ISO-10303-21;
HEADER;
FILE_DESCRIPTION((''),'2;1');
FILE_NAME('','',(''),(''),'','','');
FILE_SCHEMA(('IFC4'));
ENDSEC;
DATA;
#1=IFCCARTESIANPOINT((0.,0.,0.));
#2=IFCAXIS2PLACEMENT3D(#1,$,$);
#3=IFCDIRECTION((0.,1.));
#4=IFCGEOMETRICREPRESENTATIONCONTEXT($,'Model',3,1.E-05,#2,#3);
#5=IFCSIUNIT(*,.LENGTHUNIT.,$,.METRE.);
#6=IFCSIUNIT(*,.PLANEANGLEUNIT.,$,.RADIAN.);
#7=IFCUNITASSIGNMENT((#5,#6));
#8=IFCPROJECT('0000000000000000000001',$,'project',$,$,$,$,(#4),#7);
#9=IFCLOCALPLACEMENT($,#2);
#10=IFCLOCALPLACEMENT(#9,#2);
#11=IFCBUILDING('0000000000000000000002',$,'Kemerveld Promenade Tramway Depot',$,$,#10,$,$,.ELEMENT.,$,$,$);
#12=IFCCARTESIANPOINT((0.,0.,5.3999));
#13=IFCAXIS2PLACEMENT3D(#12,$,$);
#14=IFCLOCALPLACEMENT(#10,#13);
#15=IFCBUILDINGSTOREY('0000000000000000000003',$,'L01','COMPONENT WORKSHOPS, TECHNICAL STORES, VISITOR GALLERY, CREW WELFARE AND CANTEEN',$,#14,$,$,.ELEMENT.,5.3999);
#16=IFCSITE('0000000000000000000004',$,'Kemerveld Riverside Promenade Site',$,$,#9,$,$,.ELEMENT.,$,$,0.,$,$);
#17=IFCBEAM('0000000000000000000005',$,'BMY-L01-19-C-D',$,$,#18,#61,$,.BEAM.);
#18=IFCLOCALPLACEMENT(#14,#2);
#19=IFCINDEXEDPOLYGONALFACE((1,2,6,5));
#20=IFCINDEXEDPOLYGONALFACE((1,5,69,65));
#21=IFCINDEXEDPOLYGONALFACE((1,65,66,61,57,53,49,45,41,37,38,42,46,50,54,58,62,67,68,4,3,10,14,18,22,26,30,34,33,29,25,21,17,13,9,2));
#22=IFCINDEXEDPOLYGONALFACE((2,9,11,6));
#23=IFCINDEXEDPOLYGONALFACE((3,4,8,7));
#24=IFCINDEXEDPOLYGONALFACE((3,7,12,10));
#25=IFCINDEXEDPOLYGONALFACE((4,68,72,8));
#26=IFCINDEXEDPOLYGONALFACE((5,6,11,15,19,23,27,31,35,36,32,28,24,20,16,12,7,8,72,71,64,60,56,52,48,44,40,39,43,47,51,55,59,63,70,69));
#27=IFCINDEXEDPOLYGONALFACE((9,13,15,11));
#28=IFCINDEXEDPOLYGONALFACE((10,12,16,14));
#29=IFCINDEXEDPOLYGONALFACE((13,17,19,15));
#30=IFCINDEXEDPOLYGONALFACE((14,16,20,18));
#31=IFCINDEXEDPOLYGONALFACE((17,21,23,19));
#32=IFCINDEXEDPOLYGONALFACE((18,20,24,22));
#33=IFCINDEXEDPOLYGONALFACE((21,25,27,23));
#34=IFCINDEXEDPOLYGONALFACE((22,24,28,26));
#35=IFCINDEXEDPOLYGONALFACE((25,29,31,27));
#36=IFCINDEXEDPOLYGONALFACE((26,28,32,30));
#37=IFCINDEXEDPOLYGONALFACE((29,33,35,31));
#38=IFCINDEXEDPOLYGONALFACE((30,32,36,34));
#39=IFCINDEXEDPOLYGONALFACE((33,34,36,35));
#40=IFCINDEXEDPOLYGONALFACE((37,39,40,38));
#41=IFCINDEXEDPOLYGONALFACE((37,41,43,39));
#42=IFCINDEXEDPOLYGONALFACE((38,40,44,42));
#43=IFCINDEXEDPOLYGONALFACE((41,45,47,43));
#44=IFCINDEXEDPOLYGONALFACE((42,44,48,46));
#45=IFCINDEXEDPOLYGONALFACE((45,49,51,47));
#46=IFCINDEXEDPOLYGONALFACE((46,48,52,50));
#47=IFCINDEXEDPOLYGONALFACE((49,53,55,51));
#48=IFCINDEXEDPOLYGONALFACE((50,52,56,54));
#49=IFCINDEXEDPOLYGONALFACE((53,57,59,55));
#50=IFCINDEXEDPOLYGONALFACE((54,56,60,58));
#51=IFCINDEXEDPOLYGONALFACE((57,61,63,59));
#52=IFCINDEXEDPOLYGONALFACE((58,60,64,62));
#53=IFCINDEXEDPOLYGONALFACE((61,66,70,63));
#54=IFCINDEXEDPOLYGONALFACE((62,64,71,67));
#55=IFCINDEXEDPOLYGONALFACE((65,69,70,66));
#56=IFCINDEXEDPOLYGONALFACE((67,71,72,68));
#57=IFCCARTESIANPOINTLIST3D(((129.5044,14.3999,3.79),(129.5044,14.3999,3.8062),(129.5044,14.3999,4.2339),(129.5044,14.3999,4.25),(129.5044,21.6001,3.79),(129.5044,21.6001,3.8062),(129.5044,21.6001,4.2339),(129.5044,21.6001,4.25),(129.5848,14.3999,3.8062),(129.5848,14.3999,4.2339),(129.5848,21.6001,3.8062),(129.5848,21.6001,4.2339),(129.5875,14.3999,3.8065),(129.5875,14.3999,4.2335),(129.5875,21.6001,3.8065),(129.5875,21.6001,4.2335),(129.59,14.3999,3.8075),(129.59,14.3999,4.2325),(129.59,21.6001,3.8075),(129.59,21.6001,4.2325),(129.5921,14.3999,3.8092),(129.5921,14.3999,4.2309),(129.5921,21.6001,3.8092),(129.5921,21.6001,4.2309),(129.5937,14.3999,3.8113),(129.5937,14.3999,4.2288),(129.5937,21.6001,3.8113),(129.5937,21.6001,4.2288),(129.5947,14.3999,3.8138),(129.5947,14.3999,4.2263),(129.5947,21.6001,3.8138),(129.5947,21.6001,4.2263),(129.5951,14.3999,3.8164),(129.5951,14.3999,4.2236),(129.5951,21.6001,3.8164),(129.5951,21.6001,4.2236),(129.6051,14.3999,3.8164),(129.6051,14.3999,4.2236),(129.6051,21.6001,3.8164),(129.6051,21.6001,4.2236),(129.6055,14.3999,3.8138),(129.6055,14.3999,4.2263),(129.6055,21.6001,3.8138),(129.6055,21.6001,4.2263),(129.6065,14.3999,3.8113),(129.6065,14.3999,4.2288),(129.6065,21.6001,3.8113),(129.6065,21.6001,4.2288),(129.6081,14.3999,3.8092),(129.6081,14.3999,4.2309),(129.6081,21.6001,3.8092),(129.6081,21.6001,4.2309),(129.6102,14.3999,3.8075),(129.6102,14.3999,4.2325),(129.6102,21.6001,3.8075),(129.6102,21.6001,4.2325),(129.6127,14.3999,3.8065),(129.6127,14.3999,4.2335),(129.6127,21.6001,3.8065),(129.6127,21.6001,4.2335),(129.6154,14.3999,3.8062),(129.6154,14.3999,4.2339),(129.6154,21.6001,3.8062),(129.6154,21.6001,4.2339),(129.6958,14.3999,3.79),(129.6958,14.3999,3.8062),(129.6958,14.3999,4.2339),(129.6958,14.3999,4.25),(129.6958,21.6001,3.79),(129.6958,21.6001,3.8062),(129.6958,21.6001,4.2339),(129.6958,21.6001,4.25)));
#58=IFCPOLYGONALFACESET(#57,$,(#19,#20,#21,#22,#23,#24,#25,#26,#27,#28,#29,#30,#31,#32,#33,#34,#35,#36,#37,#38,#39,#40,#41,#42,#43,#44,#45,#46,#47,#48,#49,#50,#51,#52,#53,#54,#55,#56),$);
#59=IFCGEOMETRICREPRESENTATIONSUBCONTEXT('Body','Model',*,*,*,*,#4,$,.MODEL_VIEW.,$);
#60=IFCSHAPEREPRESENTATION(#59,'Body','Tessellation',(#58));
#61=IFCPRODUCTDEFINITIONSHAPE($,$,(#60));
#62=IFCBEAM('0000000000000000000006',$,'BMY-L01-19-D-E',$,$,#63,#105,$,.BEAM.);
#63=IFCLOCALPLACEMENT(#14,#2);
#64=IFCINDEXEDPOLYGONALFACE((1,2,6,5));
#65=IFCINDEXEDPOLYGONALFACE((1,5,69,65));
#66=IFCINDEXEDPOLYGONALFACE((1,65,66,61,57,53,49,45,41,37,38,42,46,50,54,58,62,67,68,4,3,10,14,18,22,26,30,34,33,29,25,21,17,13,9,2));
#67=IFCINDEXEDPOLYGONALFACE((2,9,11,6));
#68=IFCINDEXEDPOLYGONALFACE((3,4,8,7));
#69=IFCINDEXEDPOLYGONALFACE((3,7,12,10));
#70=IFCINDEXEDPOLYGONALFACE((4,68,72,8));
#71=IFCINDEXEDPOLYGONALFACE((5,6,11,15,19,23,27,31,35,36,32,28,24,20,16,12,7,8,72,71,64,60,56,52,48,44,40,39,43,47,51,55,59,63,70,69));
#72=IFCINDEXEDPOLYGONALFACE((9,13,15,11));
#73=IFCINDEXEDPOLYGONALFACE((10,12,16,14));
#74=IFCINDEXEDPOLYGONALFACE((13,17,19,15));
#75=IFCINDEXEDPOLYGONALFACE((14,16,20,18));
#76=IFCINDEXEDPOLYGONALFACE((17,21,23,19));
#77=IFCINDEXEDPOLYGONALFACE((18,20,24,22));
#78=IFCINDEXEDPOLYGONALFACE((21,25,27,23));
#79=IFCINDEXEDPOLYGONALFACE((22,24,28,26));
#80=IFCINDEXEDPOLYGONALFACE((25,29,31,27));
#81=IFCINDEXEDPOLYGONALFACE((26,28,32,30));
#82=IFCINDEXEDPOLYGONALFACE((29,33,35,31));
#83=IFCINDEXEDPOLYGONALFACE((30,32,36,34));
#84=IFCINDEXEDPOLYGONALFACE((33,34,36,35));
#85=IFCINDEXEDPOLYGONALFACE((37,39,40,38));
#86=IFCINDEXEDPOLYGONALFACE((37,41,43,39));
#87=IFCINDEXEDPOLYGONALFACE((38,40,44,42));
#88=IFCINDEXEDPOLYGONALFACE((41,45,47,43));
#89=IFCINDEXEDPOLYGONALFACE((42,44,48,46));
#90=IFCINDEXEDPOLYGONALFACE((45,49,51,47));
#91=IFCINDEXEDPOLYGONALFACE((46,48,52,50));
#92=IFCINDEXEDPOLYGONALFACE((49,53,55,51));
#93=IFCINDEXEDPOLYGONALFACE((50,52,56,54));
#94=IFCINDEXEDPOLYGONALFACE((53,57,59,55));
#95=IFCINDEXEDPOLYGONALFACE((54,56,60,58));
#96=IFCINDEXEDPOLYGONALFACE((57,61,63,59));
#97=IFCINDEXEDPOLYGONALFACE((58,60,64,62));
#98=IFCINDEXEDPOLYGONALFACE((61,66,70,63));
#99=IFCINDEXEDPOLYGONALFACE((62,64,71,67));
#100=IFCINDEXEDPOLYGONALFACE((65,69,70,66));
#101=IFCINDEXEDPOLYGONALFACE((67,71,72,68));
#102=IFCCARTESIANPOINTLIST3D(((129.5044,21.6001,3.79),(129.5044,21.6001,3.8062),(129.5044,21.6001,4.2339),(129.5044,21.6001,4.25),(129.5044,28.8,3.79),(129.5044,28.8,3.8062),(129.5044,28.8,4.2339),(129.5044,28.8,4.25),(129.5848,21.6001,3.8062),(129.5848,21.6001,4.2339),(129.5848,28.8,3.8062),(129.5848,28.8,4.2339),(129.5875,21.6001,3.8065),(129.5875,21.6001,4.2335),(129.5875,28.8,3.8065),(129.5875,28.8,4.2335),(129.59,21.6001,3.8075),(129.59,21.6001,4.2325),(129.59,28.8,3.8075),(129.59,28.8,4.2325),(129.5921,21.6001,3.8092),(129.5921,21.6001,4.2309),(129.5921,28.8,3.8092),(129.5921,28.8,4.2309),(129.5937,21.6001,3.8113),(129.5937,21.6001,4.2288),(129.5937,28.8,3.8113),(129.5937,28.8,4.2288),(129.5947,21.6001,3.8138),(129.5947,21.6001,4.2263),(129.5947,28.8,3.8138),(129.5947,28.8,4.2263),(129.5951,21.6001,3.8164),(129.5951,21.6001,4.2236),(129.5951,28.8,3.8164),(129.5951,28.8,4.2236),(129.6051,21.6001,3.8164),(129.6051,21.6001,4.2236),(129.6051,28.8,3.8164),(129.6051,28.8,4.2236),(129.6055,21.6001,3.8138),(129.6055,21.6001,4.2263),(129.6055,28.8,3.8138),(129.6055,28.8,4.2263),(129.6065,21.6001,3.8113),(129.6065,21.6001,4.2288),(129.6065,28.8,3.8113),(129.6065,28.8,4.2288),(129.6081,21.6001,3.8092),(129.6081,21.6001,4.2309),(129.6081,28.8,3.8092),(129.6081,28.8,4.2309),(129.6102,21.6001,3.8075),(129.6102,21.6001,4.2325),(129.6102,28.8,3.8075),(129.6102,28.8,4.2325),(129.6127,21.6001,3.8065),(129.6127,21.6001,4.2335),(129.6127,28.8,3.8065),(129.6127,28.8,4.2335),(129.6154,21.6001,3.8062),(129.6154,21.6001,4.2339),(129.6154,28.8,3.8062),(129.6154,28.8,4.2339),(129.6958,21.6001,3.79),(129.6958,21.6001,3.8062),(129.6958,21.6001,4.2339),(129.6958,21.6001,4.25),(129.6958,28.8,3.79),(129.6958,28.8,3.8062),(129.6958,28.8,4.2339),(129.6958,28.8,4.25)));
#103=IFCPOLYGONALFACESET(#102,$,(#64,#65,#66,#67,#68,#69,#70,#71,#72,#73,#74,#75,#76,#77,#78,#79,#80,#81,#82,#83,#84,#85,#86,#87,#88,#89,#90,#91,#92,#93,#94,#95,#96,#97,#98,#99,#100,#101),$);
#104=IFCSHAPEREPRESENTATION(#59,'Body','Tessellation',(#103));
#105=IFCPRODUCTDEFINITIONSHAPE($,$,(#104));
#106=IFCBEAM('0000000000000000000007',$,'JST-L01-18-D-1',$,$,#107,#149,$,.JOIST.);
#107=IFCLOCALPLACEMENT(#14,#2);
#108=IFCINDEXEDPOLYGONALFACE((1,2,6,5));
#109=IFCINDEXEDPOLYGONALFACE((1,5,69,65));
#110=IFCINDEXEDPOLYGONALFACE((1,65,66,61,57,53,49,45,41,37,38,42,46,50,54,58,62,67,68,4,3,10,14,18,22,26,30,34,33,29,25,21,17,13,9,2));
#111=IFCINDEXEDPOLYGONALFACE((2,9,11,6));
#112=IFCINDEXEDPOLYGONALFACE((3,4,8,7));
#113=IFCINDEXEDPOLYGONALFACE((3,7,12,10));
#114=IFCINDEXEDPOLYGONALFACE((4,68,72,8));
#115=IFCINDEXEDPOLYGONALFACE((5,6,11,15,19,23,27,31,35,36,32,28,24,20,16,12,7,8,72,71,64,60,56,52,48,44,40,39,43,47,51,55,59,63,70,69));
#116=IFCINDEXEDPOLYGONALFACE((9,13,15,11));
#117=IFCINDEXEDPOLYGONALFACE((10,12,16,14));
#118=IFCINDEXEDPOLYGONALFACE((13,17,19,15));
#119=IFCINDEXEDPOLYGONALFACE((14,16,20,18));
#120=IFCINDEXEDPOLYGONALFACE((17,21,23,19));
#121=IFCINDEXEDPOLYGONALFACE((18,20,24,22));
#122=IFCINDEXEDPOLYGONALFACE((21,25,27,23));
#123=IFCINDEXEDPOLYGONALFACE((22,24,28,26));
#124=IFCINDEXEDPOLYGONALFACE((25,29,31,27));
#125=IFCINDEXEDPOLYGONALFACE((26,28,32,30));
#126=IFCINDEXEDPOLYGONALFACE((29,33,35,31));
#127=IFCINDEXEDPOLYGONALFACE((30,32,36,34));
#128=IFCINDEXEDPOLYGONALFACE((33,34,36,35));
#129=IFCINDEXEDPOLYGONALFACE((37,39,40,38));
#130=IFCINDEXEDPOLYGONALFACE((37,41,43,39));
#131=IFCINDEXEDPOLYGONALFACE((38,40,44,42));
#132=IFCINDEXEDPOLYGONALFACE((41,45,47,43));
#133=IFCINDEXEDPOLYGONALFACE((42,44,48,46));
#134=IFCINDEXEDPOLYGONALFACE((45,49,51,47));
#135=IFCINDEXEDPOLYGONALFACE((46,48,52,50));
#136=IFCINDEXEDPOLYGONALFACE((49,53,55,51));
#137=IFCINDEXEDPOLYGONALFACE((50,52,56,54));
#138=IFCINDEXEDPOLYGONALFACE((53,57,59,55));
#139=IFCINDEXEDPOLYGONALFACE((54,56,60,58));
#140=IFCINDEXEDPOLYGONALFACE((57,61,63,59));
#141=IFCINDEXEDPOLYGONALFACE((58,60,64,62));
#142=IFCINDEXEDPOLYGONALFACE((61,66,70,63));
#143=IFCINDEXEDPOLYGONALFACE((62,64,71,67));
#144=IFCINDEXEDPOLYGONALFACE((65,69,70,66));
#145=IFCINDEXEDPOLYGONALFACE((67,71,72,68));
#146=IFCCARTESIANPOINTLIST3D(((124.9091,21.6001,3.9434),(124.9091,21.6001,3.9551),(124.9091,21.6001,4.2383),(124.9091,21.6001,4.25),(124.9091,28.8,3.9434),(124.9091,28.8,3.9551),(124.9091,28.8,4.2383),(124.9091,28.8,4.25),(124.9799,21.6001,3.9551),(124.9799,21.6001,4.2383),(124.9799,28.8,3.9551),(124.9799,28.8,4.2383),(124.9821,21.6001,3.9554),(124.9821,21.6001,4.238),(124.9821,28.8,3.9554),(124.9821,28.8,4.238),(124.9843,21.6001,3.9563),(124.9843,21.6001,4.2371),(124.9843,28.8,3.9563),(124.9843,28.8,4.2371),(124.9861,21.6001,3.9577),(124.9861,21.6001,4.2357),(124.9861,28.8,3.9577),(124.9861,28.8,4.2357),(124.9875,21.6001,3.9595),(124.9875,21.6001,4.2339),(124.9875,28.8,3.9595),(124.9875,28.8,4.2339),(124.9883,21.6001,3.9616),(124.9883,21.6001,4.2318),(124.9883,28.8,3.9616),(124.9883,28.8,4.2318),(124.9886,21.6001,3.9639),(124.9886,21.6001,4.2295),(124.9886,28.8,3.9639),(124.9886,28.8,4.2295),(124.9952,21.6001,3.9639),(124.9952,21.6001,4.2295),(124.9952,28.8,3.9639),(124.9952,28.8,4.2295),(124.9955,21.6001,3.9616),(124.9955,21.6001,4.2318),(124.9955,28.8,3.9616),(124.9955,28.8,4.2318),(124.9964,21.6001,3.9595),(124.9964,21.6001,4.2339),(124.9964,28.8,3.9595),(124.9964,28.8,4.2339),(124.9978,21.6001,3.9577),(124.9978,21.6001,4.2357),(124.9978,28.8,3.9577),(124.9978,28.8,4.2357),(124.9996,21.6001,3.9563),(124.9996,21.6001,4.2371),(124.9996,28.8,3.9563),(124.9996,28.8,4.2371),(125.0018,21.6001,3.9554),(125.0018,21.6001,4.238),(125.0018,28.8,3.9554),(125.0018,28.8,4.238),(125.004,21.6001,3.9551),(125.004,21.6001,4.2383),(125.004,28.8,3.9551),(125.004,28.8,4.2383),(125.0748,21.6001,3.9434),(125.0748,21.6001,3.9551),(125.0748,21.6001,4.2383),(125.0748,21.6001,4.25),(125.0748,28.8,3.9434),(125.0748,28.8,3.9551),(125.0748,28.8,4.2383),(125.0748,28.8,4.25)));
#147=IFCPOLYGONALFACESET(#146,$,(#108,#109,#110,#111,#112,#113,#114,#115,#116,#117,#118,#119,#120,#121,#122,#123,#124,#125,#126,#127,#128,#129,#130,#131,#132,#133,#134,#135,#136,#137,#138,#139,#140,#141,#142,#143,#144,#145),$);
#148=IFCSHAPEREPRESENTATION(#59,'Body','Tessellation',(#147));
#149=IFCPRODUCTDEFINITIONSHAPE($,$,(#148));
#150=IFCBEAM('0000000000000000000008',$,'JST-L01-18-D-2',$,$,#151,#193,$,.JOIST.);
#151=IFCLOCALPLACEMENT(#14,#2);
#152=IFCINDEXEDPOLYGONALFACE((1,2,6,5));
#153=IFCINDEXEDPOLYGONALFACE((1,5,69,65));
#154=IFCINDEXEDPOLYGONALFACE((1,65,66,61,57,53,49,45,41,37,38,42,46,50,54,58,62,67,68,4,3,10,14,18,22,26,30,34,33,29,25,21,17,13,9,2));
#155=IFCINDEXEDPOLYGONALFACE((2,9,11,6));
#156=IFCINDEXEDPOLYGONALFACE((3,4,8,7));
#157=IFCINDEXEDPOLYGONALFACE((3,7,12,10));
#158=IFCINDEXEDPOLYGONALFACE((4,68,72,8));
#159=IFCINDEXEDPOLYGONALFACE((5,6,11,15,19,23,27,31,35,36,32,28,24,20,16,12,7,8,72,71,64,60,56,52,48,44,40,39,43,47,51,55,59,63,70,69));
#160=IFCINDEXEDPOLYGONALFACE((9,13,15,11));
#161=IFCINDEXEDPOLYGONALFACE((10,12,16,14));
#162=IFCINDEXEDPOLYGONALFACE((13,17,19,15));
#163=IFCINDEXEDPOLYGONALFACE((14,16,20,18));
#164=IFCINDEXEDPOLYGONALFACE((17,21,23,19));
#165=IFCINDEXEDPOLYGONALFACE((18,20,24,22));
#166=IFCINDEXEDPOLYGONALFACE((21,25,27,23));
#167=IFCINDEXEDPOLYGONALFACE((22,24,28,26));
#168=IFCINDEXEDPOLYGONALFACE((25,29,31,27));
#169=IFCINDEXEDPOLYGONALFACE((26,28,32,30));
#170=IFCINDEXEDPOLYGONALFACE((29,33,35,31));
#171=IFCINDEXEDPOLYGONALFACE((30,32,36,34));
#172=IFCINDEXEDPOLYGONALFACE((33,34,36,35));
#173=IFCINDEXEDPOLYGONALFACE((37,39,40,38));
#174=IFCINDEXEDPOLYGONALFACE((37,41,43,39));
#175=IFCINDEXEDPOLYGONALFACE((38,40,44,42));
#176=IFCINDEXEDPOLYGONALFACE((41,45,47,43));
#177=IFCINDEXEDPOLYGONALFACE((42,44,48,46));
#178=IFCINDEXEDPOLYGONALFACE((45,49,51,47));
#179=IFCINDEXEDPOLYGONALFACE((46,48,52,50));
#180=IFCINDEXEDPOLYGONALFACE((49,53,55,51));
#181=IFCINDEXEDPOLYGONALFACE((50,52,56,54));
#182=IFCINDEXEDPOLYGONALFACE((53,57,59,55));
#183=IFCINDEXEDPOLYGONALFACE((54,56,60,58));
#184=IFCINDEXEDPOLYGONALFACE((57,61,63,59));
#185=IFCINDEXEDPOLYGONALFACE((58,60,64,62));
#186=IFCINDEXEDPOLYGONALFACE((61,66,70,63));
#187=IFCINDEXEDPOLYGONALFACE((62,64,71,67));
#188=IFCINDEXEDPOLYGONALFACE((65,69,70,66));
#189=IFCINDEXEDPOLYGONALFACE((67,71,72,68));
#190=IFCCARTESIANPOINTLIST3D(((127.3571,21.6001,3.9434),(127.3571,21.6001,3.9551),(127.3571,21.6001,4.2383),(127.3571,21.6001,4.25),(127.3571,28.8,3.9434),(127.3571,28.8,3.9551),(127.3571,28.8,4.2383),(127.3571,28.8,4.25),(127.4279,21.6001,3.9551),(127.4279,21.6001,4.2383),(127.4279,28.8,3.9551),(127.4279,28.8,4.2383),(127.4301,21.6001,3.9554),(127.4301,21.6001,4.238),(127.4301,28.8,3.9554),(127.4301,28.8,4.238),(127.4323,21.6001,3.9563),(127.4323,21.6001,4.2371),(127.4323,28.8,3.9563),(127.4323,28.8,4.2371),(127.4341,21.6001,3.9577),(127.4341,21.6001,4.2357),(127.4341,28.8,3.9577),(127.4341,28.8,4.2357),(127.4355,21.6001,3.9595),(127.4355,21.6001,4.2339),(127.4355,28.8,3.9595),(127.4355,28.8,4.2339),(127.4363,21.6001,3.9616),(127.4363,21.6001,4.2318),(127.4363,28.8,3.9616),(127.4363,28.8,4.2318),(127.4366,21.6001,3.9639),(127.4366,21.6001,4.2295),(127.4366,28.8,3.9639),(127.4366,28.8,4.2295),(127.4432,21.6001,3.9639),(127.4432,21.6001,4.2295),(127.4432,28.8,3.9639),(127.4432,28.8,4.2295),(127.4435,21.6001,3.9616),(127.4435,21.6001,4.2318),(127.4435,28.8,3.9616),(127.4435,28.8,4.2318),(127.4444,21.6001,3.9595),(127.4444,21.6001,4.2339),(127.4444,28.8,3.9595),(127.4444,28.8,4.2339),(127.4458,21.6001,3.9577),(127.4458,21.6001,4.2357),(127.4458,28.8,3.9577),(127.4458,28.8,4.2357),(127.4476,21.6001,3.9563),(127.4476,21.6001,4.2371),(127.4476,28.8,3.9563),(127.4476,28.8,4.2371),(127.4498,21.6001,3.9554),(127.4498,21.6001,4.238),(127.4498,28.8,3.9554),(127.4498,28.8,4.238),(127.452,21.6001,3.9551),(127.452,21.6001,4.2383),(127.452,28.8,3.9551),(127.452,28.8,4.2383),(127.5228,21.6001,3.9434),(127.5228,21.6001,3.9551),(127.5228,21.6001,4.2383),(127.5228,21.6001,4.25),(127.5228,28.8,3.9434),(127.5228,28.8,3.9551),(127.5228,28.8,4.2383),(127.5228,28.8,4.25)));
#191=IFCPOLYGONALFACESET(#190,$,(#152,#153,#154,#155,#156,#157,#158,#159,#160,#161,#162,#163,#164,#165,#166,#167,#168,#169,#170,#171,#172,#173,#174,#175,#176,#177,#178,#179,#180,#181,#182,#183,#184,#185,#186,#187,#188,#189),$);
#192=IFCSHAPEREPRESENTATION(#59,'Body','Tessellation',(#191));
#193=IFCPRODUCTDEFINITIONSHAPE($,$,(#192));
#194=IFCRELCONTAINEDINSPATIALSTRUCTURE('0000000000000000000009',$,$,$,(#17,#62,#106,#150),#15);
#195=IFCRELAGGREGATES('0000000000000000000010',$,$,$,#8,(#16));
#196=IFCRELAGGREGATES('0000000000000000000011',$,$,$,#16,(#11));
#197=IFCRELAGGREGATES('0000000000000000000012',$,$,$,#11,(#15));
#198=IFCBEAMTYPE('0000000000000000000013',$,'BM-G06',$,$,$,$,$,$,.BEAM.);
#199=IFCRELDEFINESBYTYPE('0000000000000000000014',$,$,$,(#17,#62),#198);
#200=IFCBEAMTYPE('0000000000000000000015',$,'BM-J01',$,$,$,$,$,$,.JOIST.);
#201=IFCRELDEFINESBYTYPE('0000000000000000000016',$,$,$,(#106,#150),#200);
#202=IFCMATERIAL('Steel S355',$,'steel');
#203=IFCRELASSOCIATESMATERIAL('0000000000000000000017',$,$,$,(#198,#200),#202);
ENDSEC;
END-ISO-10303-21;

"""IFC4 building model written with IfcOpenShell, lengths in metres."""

from ifc_helpers import new_model, si_unit, direction, frame, origin, origin_2d, place, context, subcontext, project, spatial, i_section, extrude, material, material_profile, profile_set, type_object, element, save


model = new_model("IFC4")

# Units and contexts
model_context = context("Model", 3, precision=1e-05, world=origin(), true_north=direction((0.0, 1.0)))
body_context = subcontext(model_context, "Body", "Model", "MODEL_VIEW")
ifc_project = project(units=[si_unit("LENGTHUNIT", "METRE"), si_unit("PLANEANGLEUNIT", "RADIAN")], contexts=[model_context])

# Site, building, storey
site_placement = place(None, origin())
site = spatial("IfcSite", under=ifc_project, at=site_placement, Name="Kemerveld Riverside Promenade Site", CompositionType="ELEMENT", RefElevation=0.0)
building_placement = place(site_placement, origin())
building = spatial("IfcBuilding", under=site, at=building_placement, Name="Kemerveld Promenade Tramway Depot", CompositionType="ELEMENT")
storey_placement = place(building_placement, frame((0.0, 0.0, 5.3999)))
storey = spatial("IfcBuildingStorey", under=building, at=storey_placement, Name="L01", Description="COMPONENT WORKSHOPS, TECHNICAL STORES, VISITOR GALLERY, CREW WELFARE AND CANTEEN", CompositionType="ELEMENT", Elevation=5.3999)

# Shared definitions
ifc_material_1 = material(Name="Steel S355", Category="steel")

# Beams
ifc_material_profile_1 = material_profile(ifc_material_1, i_section(OverallWidth=0.1914, OverallDepth=0.46, WebThickness=0.01, FlangeThickness=0.0161, FilletRadius=0.0103, at=origin_2d()), Name="457x191x82 UB")
ifc_profile_set_1 = profile_set([ifc_material_profile_1], Name="Steel S355")
beam_type_1 = type_object("IfcBeamType", Name="BM-G06", PredefinedType="BEAM", material=ifc_profile_set_1)
beam_1_placement = place(storey_placement, frame((129.6001, 14.3999, 4.02), z_axis=(0.0, 1.0, 0.0), x_axis=(-1.0, 0.0, 0.0)))
element("IfcBeam", 1, at=beam_1_placement, inside=storey, type_object=beam_type_1, Name="BMY-L01-19-C-D", PredefinedType="BEAM", context=body_context, shape_type="SweptSolid", body=[
    extrude(i_section(OverallWidth=0.1914, OverallDepth=0.46, WebThickness=0.01, FlangeThickness=0.0161, FilletRadius=0.0103, at=origin_2d()), origin(), (0.0, 0.0, 1.0), 7.2002),
])
beam_2_placement = place(storey_placement, frame((129.6001, 21.6001, 4.02), z_axis=(0.0, 1.0, 0.0), x_axis=(-1.0, 0.0, 0.0)))
element("IfcBeam", 2, at=beam_2_placement, inside=storey, type_object=beam_type_1, Name="BMY-L01-19-D-E", PredefinedType="BEAM", context=body_context, shape_type="SweptSolid", body=[
    extrude(i_section(OverallWidth=0.1914, OverallDepth=0.46, WebThickness=0.01, FlangeThickness=0.0161, FilletRadius=0.0103, at=origin_2d()), origin(), (0.0, 0.0, 1.0), 7.2),
])
ifc_material_profile_2 = material_profile(ifc_material_1, i_section(OverallWidth=0.1658, OverallDepth=0.3066, WebThickness=0.0066, FlangeThickness=0.0117, FilletRadius=0.0088, at=origin_2d()), Name="305x165x46 UB")
ifc_profile_set_2 = profile_set([ifc_material_profile_2], Name="Steel S355")
beam_type_2 = type_object("IfcBeamType", Name="BM-J01", PredefinedType="JOIST", material=ifc_profile_set_2)
for number, where, z_axis, x_axis, name in (
    (3, (124.9919, 21.6001, 4.0967), (0.0, 1.0, 0.0), (-1.0, 0.0, 0.0), "JST-L01-18-D-1"),
    (4, (127.4399, 21.6001, 4.0967), (0.0, 1.0, 0.0), (-1.0, 0.0, 0.0), "JST-L01-18-D-2"),
):
    element("IfcBeam", number, at=place(storey_placement, frame(where, z_axis=z_axis, x_axis=x_axis)), inside=storey, type_object=beam_type_2, Name=name, PredefinedType="JOIST", context=body_context, shape_type="SweptSolid", body=[
        extrude(i_section(OverallWidth=0.1658, OverallDepth=0.3066, WebThickness=0.0066, FlangeThickness=0.0117, FilletRadius=0.0088, at=origin_2d()), origin(), (0.0, 0.0, 1.0), 7.2),
    ])

save(model, "model.ifc")
